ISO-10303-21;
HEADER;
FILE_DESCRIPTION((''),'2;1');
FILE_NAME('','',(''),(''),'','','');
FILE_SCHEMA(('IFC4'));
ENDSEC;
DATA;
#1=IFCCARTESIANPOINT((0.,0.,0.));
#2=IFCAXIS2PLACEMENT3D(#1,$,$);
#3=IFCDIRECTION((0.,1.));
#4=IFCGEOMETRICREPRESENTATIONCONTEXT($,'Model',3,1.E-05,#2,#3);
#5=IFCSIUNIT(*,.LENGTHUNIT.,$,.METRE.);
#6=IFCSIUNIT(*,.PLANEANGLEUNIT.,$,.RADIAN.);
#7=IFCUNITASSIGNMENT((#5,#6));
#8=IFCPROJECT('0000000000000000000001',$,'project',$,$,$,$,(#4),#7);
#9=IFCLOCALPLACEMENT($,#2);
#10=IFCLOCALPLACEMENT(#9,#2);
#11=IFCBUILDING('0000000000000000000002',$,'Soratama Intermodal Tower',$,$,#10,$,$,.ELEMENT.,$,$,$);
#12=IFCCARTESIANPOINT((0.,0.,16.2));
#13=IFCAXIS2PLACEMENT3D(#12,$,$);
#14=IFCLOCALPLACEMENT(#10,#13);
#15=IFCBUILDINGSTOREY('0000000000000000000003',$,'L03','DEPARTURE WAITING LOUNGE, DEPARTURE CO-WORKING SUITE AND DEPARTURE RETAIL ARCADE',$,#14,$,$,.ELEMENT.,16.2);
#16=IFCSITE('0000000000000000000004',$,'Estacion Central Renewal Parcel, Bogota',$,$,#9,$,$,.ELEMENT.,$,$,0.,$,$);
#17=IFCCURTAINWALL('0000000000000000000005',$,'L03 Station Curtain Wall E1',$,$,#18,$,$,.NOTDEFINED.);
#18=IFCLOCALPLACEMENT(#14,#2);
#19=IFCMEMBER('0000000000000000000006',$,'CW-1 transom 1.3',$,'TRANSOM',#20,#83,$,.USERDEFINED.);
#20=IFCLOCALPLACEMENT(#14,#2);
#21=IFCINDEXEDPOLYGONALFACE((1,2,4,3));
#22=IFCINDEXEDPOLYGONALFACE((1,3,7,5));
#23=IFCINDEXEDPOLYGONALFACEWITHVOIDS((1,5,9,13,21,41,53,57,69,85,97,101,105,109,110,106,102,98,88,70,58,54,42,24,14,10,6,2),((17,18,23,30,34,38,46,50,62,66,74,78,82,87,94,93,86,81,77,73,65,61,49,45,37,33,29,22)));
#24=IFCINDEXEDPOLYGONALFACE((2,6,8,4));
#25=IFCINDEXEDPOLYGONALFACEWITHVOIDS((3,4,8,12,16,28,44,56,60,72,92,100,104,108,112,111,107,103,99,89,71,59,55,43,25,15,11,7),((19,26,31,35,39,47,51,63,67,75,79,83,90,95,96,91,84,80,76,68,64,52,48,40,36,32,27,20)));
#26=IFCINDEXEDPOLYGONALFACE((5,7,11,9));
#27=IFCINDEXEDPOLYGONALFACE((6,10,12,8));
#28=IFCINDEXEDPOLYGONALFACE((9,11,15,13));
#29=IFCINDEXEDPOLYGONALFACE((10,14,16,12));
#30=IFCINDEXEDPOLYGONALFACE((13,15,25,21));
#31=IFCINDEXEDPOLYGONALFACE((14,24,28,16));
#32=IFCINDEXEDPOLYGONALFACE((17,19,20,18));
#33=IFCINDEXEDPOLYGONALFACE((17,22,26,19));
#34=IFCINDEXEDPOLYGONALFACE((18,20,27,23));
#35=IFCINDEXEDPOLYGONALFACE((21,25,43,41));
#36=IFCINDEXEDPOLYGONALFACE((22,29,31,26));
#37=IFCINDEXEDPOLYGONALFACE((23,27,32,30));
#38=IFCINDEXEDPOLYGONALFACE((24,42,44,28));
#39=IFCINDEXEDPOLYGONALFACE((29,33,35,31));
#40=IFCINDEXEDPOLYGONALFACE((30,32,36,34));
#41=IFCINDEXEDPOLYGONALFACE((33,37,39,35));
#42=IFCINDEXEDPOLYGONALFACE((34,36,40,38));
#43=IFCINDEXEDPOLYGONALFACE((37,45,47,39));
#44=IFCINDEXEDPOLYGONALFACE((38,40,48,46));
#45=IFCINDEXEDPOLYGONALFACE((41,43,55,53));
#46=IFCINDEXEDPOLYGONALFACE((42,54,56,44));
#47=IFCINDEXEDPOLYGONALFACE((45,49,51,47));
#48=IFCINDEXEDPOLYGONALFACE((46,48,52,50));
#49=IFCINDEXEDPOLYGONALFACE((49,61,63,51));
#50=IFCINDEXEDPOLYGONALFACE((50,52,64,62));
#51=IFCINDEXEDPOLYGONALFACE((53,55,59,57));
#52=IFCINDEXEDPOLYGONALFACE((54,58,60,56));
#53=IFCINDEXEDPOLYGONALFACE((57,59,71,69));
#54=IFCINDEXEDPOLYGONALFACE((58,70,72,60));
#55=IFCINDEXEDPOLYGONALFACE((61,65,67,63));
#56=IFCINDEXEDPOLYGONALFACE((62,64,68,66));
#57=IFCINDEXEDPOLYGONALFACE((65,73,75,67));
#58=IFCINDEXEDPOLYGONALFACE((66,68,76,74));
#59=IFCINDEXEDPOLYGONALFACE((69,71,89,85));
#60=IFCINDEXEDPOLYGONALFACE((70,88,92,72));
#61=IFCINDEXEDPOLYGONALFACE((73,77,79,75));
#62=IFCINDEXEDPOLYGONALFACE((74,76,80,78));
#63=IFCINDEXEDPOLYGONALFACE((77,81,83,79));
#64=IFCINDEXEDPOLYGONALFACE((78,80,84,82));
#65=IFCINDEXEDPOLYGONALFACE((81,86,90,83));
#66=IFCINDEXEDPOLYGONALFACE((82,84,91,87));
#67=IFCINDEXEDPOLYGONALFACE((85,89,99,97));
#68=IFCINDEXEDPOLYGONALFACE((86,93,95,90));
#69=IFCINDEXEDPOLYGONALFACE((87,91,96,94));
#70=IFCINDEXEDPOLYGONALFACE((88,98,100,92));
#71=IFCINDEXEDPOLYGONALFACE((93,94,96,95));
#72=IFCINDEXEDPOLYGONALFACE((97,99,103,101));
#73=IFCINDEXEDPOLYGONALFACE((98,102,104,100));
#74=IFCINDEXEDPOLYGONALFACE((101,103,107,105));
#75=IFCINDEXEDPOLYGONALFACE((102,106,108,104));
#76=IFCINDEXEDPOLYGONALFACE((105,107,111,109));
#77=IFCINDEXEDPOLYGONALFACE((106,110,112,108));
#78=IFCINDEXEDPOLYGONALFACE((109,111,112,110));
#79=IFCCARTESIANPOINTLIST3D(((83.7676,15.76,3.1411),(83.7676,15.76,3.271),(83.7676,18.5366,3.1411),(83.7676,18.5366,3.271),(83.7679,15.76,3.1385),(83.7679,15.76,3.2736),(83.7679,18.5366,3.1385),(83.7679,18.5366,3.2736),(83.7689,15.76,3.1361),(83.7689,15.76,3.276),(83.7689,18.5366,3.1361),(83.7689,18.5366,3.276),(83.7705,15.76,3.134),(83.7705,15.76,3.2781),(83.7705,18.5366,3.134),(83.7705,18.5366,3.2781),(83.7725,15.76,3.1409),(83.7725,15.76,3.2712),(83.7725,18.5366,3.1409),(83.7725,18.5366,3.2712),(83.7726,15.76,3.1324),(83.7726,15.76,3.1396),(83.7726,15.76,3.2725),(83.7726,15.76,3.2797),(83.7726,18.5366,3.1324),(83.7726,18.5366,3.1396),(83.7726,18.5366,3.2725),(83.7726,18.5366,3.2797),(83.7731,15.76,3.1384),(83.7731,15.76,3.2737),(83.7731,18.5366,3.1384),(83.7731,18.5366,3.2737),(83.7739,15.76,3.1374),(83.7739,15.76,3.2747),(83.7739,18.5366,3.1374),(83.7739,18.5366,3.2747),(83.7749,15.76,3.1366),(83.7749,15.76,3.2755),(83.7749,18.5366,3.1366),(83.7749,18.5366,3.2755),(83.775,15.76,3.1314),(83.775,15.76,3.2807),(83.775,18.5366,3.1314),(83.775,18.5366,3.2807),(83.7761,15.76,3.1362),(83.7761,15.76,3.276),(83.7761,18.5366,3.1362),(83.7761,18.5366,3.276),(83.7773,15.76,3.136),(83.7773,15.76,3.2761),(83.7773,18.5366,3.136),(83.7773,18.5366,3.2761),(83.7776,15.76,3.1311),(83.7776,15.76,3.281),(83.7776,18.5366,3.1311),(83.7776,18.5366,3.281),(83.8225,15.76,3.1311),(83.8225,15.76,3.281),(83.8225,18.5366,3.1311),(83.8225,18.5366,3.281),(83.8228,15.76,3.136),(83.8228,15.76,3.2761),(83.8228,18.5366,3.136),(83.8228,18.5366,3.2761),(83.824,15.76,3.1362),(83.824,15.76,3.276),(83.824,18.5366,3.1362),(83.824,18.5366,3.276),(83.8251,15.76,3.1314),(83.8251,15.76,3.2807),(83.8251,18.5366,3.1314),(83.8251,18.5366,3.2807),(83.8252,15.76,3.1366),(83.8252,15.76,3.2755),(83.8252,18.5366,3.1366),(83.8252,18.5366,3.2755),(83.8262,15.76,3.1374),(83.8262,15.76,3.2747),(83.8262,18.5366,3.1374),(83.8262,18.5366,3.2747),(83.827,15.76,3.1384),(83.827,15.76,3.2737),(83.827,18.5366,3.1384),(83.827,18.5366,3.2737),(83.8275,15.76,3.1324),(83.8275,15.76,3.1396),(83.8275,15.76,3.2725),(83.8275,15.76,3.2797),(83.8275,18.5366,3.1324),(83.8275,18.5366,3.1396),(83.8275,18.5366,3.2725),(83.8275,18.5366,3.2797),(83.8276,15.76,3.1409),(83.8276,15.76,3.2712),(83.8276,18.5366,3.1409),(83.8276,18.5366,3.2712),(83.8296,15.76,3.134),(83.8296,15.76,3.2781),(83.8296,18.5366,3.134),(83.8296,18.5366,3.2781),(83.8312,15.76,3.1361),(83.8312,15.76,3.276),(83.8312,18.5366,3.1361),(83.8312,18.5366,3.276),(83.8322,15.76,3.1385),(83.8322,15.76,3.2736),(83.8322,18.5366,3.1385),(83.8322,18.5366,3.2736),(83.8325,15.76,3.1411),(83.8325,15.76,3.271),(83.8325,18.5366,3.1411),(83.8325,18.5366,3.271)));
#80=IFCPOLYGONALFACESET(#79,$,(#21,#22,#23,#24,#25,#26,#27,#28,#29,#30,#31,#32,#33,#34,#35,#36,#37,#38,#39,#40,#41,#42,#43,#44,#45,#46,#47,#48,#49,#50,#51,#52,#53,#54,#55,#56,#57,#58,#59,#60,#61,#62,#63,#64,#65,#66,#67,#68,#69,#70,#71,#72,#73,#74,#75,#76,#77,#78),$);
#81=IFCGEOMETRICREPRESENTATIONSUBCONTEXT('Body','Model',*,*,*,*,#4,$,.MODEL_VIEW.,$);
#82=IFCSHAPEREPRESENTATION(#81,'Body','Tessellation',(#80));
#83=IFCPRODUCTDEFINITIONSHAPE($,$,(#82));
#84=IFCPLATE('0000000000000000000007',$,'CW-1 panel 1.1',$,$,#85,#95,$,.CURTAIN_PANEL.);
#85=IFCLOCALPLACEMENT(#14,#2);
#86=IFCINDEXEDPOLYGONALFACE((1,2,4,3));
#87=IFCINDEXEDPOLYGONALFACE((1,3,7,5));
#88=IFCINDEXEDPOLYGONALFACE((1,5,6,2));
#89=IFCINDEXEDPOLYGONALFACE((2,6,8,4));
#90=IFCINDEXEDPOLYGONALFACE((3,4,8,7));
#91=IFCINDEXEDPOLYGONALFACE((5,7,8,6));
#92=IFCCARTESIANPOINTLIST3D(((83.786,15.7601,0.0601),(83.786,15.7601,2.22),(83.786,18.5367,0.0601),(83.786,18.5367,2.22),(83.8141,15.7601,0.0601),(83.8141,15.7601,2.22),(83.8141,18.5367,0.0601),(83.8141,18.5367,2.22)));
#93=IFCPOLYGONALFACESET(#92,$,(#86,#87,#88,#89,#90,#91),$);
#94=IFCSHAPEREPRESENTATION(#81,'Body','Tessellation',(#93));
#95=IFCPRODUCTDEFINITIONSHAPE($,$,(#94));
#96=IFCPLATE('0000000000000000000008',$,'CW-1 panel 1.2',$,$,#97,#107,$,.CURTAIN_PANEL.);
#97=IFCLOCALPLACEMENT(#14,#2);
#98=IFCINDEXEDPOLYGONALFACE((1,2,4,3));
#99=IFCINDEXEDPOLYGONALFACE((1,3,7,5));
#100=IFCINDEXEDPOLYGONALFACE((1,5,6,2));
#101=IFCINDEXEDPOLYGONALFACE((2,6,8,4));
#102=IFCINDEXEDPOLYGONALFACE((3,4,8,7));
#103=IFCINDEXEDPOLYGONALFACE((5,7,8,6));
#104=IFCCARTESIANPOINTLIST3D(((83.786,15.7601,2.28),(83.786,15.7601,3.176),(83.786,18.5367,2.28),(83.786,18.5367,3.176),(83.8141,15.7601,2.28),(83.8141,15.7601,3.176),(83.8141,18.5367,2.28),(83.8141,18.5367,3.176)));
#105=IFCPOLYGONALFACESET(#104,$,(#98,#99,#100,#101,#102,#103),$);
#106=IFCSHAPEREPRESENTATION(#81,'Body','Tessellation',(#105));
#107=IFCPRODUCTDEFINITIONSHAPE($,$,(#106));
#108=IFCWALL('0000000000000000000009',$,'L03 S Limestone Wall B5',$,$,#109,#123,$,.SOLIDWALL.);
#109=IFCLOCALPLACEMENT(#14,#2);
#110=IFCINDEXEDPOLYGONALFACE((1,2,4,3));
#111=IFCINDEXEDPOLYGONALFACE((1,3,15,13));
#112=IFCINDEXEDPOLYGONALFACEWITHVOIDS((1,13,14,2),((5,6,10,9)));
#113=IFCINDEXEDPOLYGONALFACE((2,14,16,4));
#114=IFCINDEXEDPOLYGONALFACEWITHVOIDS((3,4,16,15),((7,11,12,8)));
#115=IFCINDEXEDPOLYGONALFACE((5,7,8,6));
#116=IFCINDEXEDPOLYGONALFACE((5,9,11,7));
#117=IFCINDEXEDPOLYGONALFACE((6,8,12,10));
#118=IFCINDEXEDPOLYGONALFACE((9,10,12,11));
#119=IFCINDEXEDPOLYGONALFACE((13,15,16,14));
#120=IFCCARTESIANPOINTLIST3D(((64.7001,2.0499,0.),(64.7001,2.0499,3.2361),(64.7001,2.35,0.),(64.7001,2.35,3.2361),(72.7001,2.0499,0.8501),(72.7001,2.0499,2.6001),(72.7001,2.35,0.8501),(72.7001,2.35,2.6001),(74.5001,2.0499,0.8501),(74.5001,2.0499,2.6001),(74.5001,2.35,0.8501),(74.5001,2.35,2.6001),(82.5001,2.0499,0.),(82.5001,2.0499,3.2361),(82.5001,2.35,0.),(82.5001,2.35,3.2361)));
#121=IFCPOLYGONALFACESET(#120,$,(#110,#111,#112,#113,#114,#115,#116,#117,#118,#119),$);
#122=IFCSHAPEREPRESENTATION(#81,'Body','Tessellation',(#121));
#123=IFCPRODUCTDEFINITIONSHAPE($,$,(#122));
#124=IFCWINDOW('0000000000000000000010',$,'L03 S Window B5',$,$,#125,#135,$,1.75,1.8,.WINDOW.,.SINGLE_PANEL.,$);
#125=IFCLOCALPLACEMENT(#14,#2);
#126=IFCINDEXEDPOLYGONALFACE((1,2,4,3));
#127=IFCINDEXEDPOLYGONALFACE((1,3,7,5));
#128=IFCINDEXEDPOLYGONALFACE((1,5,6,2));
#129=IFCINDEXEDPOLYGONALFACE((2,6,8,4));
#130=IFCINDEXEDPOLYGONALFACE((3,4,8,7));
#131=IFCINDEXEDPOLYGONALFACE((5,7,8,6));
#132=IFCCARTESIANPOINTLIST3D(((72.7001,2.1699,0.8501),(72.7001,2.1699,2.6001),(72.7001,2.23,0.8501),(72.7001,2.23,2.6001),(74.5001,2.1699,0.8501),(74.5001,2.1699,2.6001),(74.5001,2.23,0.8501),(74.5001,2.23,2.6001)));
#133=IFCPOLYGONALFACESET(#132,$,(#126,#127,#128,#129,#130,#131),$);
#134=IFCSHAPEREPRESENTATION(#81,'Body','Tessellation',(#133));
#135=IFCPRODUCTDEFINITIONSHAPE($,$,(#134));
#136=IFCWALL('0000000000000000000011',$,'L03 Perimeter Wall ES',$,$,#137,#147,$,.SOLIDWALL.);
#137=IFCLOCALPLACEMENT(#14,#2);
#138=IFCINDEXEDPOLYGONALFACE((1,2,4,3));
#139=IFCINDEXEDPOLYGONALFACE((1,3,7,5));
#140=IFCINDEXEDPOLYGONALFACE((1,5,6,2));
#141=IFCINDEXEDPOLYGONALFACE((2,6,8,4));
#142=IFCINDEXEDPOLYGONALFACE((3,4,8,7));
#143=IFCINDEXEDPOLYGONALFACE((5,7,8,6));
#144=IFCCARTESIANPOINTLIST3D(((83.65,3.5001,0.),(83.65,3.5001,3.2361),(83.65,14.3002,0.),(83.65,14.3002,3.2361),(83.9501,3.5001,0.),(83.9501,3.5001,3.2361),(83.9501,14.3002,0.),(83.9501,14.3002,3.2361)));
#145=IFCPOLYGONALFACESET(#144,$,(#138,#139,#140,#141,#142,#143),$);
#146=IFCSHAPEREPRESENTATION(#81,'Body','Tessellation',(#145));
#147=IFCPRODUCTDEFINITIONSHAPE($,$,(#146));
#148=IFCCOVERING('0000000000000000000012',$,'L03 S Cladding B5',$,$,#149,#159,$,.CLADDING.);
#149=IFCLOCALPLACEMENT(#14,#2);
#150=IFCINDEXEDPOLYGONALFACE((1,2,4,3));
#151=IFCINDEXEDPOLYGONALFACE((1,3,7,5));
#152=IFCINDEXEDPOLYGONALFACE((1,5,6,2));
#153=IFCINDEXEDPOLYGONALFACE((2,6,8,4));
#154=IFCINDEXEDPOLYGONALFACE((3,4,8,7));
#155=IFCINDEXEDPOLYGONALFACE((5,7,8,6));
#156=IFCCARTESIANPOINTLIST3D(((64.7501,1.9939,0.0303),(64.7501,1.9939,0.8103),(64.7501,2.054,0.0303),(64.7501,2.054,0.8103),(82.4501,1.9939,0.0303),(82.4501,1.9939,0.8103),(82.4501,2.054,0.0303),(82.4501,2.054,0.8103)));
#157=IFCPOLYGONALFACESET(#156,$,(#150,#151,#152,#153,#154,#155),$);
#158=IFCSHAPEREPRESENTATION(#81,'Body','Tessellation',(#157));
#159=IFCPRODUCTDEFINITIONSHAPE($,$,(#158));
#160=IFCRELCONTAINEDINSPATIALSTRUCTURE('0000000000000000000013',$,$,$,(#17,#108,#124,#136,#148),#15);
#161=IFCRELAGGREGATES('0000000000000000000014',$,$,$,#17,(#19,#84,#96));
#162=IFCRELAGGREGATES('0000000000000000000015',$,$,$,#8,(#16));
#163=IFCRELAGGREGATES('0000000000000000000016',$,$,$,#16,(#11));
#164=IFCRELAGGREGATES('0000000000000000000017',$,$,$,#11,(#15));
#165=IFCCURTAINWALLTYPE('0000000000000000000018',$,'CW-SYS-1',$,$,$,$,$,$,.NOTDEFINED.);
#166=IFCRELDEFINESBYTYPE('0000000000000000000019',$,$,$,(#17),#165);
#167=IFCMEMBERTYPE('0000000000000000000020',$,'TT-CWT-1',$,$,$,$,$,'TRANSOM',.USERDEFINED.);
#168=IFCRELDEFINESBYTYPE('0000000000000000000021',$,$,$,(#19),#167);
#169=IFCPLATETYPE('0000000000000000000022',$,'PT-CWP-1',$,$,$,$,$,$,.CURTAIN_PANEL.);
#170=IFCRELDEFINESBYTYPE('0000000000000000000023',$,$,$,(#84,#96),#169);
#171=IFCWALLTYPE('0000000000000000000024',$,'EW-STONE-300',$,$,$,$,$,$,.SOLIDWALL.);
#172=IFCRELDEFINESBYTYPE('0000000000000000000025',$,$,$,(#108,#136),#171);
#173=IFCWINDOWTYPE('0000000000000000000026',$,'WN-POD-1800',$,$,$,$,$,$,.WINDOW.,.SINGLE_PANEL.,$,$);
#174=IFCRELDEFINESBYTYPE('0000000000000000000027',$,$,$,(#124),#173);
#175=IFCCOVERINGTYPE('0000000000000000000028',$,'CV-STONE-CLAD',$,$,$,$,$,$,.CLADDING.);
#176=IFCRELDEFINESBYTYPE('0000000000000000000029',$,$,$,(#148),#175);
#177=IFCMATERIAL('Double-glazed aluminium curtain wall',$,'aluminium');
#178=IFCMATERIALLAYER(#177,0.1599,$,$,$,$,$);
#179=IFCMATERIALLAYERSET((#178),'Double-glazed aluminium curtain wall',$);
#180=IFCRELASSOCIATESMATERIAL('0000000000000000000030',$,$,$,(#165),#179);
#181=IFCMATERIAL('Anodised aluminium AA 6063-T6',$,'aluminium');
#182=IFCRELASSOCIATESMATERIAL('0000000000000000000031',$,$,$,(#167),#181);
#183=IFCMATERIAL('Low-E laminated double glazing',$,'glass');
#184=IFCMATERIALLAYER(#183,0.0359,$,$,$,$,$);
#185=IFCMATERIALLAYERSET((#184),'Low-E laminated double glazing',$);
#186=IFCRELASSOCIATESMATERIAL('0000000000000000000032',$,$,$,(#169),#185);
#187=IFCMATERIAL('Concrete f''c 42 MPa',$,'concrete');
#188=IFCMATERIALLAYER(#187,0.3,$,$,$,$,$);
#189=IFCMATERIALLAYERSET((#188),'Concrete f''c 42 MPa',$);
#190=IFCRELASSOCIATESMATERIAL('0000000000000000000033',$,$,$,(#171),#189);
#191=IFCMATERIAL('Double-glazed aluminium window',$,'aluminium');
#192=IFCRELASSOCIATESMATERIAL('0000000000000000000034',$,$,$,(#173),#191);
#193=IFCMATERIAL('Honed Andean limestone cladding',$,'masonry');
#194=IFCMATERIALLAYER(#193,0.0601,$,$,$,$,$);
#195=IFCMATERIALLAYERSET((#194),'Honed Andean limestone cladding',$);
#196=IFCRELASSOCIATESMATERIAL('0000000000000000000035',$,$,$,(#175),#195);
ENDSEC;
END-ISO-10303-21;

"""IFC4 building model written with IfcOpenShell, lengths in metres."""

from ifc_helpers import new_model, si_unit, direction, frame, frame_2d, origin, origin_2d, place, context, subcontext, project, spatial, rectangle, hollow_rectangle, extrude, material, layer, layer_set, material_profile, profile_set, type_object, element, fill, aggregate, save


model = new_model("IFC4")

# Units and contexts
model_context = context("Model", 3, precision=1e-05, world=origin(), true_north=direction((0.0, 1.0)))
body_context = subcontext(model_context, "Body", "Model", "MODEL_VIEW")
ifc_project = project(units=[si_unit("LENGTHUNIT", "METRE"), si_unit("PLANEANGLEUNIT", "RADIAN")], contexts=[model_context])

# Site, building, storey
site_placement = place(None, origin())
site = spatial("IfcSite", under=ifc_project, at=site_placement, Name="Estacion Central Renewal Parcel, Bogota", CompositionType="ELEMENT", RefElevation=0.0)
building_placement = place(site_placement, origin())
building = spatial("IfcBuilding", under=site, at=building_placement, Name="Soratama Intermodal Tower", CompositionType="ELEMENT")
storey_placement = place(building_placement, frame((0.0, 0.0, 16.2)))
storey = spatial("IfcBuildingStorey", under=building, at=storey_placement, Name="L03", Description="DEPARTURE WAITING LOUNGE, DEPARTURE CO-WORKING SUITE AND DEPARTURE RETAIL ARCADE", CompositionType="ELEMENT", Elevation=16.2)

# Curtain wall, member, plates
ifc_material_1 = material(Name="Double-glazed aluminium curtain wall", Category="aluminium")
ifc_layer_1 = layer(ifc_material_1, 0.1599)
ifc_layer_set_1 = layer_set([ifc_layer_1], Name="Double-glazed aluminium curtain wall")
curtain_wall_type = type_object("IfcCurtainWallType", Name="CW-SYS-1", PredefinedType="NOTDEFINED", material=ifc_layer_set_1)
curtain_wall_placement = place(storey_placement, origin())
curtain_wall = element("IfcCurtainWall", 1, at=curtain_wall_placement, inside=storey, type_object=curtain_wall_type, Name="L03 Station Curtain Wall E1", PredefinedType="NOTDEFINED")
ifc_material_2 = material(Name="Anodised aluminium AA 6063-T6", Category="aluminium")
ifc_material_profile_1 = material_profile(ifc_material_2, hollow_rectangle(XDim=0.0649, YDim=0.1499, WallThickness=0.0049, InnerFilletRadius=0.0049, OuterFilletRadius=0.01, at=origin_2d()), Name="CWT150X65X5")
ifc_profile_set_1 = profile_set([ifc_material_profile_1], Name="Anodised aluminium AA 6063-T6")
member_type_1 = type_object("IfcMemberType", Name="TT-CWT-1", ElementType="TRANSOM", PredefinedType="USERDEFINED", material=ifc_profile_set_1)
member_1_placement = place(storey_placement, frame((83.8, 15.76, 3.2061), z_axis=(0.0, 1.0, 0.0), x_axis=(-1.0, 0.0, 0.0)))
member_1 = element("IfcMember", 2, at=member_1_placement, type_object=member_type_1, Name="CW-1 transom 1.3", ObjectType="TRANSOM", PredefinedType="USERDEFINED", context=body_context, shape_type="SweptSolid", body=[
    extrude(hollow_rectangle(XDim=0.0649, YDim=0.1499, WallThickness=0.0049, InnerFilletRadius=0.0049, OuterFilletRadius=0.01, at=origin_2d()), origin(), (0.0, 0.0, 1.0), 2.7766),
])
ifc_material_3 = material(Name="Low-E laminated double glazing", Category="glass")
ifc_layer_2 = layer(ifc_material_3, 0.0359)
ifc_layer_set_2 = layer_set([ifc_layer_2], Name="Low-E laminated double glazing")
plate_type = type_object("IfcPlateType", Name="PT-CWP-1", PredefinedType="CURTAIN_PANEL", material=ifc_layer_set_2)
plate_1_placement = place(storey_placement, frame((83.8, 17.1484, 0.0601), z_axis=(0.0, 0.0, 1.0), x_axis=(0.0, 1.0, 0.0)))
plate_1 = element("IfcPlate", 3, at=plate_1_placement, type_object=plate_type, Name="CW-1 panel 1.1", PredefinedType="CURTAIN_PANEL", context=body_context, shape_type="SweptSolid", body=[
    extrude(rectangle(XDim=2.7766, YDim=0.0281, at=origin_2d()), origin(), (0.0, 0.0, 1.0), 2.1599),
])
plate_2_placement = place(storey_placement, frame((83.8, 17.1484, 2.28), z_axis=(0.0, 0.0, 1.0), x_axis=(0.0, 1.0, 0.0)))
plate_2 = element("IfcPlate", 4, at=plate_2_placement, type_object=plate_type, Name="CW-1 panel 1.2", PredefinedType="CURTAIN_PANEL", context=body_context, shape_type="SweptSolid", body=[
    extrude(rectangle(XDim=2.7766, YDim=0.0281, at=origin_2d()), origin(), (0.0, 0.0, 1.0), 0.896),
])
aggregate(curtain_wall, [member_1, plate_1, plate_2])

# Wall, opening, window
ifc_material_4 = material(Name="Concrete f'c 42 MPa", Category="concrete")
ifc_layer_3 = layer(ifc_material_4, 0.3)
ifc_layer_set_3 = layer_set([ifc_layer_3], Name="Concrete f'c 42 MPa")
wall_type = type_object("IfcWallType", Name="EW-STONE-300", PredefinedType="SOLIDWALL", material=ifc_layer_set_3)
wall_1_placement = place(storey_placement, frame((82.5, 2.2, 0.0), z_axis=(0.0, 0.0, 1.0), x_axis=(-1.0, 0.0, 0.0)))
wall_1 = element("IfcWall", 5, at=wall_1_placement, inside=storey, type_object=wall_type, Name="L03 S Limestone Wall B5", PredefinedType="SOLIDWALL", context=body_context, shape_type="SweptSolid", body=[
    extrude(rectangle(XDim=17.8, YDim=0.3, at=frame_2d((8.8999, 0.0))), origin(), (0.0, 0.0, 1.0), 3.2361),
])
opening_placement = place(wall_1_placement, frame((8.0, 0.0, 0.8501)))
opening = element("IfcOpeningElement", 6, at=opening_placement, cuts=wall_1, PredefinedType="OPENING", context=body_context, shape_type="SweptSolid", body=[
    extrude(rectangle(XDim=1.8, YDim=1.75, at=frame_2d((0.8999, 0.875))), frame((0.0, 0.1599, 0.0), z_axis=(0.0, -1.0, 0.0), x_axis=(1.0, 0.0, 0.0)), (0.0, 0.0, 1.0), 0.3201),
])
ifc_material_5 = material(Name="Double-glazed aluminium window", Category="aluminium")
window_type = type_object("IfcWindowType", Name="WN-POD-1800", PartitioningType="SINGLE_PANEL", PredefinedType="WINDOW", material=ifc_material_5)
window_placement = place(opening_placement, origin())
window = element("IfcWindow", 7, at=window_placement, inside=storey, type_object=window_type, Name="L03 S Window B5", OverallHeight=1.75, OverallWidth=1.8, PartitioningType="SINGLE_PANEL", PredefinedType="WINDOW", context=body_context, shape_type="SweptSolid", body=[
    extrude(rectangle(XDim=1.8, YDim=1.75, at=frame_2d((0.8999, 0.875))), frame((0.0, 0.03, 0.0), z_axis=(0.0, -1.0, 0.0), x_axis=(1.0, 0.0, 0.0)), (0.0, 0.0, 1.0), 0.0601),
])
fill(opening, window)

# Wall
wall_2_placement = place(storey_placement, frame((83.8, 14.3, 0.0), z_axis=(0.0, 0.0, 1.0), x_axis=(0.0, -1.0, 0.0)))
element("IfcWall", 8, at=wall_2_placement, inside=storey, type_object=wall_type, Name="L03 Perimeter Wall ES", PredefinedType="SOLIDWALL", context=body_context, shape_type="SweptSolid", body=[
    extrude(rectangle(XDim=10.8, YDim=0.3, at=frame_2d((5.3999, 0.0))), origin(), (0.0, 0.0, 1.0), 3.2361),
])

# Covering
ifc_material_6 = material(Name="Honed Andean limestone cladding", Category="masonry")
ifc_layer_4 = layer(ifc_material_6, 0.0601)
ifc_layer_set_4 = layer_set([ifc_layer_4], Name="Honed Andean limestone cladding")
covering_type = type_object("IfcCoveringType", Name="CV-STONE-CLAD", PredefinedType="CLADDING", material=ifc_layer_set_4)
covering_placement = place(storey_placement, frame((73.6001, 2.0239, 0.0303), z_axis=(0.0, 0.0, 1.0), x_axis=(1.0, 0.0, 0.0)))
element("IfcCovering", 9, at=covering_placement, inside=storey, type_object=covering_type, Name="L03 S Cladding B5", PredefinedType="CLADDING", context=body_context, shape_type="SweptSolid", body=[
    extrude(rectangle(XDim=17.7, YDim=0.0601, at=origin_2d()), origin(), (0.0, 0.0, 1.0), 0.78),
])

save(model, "model.ifc")
